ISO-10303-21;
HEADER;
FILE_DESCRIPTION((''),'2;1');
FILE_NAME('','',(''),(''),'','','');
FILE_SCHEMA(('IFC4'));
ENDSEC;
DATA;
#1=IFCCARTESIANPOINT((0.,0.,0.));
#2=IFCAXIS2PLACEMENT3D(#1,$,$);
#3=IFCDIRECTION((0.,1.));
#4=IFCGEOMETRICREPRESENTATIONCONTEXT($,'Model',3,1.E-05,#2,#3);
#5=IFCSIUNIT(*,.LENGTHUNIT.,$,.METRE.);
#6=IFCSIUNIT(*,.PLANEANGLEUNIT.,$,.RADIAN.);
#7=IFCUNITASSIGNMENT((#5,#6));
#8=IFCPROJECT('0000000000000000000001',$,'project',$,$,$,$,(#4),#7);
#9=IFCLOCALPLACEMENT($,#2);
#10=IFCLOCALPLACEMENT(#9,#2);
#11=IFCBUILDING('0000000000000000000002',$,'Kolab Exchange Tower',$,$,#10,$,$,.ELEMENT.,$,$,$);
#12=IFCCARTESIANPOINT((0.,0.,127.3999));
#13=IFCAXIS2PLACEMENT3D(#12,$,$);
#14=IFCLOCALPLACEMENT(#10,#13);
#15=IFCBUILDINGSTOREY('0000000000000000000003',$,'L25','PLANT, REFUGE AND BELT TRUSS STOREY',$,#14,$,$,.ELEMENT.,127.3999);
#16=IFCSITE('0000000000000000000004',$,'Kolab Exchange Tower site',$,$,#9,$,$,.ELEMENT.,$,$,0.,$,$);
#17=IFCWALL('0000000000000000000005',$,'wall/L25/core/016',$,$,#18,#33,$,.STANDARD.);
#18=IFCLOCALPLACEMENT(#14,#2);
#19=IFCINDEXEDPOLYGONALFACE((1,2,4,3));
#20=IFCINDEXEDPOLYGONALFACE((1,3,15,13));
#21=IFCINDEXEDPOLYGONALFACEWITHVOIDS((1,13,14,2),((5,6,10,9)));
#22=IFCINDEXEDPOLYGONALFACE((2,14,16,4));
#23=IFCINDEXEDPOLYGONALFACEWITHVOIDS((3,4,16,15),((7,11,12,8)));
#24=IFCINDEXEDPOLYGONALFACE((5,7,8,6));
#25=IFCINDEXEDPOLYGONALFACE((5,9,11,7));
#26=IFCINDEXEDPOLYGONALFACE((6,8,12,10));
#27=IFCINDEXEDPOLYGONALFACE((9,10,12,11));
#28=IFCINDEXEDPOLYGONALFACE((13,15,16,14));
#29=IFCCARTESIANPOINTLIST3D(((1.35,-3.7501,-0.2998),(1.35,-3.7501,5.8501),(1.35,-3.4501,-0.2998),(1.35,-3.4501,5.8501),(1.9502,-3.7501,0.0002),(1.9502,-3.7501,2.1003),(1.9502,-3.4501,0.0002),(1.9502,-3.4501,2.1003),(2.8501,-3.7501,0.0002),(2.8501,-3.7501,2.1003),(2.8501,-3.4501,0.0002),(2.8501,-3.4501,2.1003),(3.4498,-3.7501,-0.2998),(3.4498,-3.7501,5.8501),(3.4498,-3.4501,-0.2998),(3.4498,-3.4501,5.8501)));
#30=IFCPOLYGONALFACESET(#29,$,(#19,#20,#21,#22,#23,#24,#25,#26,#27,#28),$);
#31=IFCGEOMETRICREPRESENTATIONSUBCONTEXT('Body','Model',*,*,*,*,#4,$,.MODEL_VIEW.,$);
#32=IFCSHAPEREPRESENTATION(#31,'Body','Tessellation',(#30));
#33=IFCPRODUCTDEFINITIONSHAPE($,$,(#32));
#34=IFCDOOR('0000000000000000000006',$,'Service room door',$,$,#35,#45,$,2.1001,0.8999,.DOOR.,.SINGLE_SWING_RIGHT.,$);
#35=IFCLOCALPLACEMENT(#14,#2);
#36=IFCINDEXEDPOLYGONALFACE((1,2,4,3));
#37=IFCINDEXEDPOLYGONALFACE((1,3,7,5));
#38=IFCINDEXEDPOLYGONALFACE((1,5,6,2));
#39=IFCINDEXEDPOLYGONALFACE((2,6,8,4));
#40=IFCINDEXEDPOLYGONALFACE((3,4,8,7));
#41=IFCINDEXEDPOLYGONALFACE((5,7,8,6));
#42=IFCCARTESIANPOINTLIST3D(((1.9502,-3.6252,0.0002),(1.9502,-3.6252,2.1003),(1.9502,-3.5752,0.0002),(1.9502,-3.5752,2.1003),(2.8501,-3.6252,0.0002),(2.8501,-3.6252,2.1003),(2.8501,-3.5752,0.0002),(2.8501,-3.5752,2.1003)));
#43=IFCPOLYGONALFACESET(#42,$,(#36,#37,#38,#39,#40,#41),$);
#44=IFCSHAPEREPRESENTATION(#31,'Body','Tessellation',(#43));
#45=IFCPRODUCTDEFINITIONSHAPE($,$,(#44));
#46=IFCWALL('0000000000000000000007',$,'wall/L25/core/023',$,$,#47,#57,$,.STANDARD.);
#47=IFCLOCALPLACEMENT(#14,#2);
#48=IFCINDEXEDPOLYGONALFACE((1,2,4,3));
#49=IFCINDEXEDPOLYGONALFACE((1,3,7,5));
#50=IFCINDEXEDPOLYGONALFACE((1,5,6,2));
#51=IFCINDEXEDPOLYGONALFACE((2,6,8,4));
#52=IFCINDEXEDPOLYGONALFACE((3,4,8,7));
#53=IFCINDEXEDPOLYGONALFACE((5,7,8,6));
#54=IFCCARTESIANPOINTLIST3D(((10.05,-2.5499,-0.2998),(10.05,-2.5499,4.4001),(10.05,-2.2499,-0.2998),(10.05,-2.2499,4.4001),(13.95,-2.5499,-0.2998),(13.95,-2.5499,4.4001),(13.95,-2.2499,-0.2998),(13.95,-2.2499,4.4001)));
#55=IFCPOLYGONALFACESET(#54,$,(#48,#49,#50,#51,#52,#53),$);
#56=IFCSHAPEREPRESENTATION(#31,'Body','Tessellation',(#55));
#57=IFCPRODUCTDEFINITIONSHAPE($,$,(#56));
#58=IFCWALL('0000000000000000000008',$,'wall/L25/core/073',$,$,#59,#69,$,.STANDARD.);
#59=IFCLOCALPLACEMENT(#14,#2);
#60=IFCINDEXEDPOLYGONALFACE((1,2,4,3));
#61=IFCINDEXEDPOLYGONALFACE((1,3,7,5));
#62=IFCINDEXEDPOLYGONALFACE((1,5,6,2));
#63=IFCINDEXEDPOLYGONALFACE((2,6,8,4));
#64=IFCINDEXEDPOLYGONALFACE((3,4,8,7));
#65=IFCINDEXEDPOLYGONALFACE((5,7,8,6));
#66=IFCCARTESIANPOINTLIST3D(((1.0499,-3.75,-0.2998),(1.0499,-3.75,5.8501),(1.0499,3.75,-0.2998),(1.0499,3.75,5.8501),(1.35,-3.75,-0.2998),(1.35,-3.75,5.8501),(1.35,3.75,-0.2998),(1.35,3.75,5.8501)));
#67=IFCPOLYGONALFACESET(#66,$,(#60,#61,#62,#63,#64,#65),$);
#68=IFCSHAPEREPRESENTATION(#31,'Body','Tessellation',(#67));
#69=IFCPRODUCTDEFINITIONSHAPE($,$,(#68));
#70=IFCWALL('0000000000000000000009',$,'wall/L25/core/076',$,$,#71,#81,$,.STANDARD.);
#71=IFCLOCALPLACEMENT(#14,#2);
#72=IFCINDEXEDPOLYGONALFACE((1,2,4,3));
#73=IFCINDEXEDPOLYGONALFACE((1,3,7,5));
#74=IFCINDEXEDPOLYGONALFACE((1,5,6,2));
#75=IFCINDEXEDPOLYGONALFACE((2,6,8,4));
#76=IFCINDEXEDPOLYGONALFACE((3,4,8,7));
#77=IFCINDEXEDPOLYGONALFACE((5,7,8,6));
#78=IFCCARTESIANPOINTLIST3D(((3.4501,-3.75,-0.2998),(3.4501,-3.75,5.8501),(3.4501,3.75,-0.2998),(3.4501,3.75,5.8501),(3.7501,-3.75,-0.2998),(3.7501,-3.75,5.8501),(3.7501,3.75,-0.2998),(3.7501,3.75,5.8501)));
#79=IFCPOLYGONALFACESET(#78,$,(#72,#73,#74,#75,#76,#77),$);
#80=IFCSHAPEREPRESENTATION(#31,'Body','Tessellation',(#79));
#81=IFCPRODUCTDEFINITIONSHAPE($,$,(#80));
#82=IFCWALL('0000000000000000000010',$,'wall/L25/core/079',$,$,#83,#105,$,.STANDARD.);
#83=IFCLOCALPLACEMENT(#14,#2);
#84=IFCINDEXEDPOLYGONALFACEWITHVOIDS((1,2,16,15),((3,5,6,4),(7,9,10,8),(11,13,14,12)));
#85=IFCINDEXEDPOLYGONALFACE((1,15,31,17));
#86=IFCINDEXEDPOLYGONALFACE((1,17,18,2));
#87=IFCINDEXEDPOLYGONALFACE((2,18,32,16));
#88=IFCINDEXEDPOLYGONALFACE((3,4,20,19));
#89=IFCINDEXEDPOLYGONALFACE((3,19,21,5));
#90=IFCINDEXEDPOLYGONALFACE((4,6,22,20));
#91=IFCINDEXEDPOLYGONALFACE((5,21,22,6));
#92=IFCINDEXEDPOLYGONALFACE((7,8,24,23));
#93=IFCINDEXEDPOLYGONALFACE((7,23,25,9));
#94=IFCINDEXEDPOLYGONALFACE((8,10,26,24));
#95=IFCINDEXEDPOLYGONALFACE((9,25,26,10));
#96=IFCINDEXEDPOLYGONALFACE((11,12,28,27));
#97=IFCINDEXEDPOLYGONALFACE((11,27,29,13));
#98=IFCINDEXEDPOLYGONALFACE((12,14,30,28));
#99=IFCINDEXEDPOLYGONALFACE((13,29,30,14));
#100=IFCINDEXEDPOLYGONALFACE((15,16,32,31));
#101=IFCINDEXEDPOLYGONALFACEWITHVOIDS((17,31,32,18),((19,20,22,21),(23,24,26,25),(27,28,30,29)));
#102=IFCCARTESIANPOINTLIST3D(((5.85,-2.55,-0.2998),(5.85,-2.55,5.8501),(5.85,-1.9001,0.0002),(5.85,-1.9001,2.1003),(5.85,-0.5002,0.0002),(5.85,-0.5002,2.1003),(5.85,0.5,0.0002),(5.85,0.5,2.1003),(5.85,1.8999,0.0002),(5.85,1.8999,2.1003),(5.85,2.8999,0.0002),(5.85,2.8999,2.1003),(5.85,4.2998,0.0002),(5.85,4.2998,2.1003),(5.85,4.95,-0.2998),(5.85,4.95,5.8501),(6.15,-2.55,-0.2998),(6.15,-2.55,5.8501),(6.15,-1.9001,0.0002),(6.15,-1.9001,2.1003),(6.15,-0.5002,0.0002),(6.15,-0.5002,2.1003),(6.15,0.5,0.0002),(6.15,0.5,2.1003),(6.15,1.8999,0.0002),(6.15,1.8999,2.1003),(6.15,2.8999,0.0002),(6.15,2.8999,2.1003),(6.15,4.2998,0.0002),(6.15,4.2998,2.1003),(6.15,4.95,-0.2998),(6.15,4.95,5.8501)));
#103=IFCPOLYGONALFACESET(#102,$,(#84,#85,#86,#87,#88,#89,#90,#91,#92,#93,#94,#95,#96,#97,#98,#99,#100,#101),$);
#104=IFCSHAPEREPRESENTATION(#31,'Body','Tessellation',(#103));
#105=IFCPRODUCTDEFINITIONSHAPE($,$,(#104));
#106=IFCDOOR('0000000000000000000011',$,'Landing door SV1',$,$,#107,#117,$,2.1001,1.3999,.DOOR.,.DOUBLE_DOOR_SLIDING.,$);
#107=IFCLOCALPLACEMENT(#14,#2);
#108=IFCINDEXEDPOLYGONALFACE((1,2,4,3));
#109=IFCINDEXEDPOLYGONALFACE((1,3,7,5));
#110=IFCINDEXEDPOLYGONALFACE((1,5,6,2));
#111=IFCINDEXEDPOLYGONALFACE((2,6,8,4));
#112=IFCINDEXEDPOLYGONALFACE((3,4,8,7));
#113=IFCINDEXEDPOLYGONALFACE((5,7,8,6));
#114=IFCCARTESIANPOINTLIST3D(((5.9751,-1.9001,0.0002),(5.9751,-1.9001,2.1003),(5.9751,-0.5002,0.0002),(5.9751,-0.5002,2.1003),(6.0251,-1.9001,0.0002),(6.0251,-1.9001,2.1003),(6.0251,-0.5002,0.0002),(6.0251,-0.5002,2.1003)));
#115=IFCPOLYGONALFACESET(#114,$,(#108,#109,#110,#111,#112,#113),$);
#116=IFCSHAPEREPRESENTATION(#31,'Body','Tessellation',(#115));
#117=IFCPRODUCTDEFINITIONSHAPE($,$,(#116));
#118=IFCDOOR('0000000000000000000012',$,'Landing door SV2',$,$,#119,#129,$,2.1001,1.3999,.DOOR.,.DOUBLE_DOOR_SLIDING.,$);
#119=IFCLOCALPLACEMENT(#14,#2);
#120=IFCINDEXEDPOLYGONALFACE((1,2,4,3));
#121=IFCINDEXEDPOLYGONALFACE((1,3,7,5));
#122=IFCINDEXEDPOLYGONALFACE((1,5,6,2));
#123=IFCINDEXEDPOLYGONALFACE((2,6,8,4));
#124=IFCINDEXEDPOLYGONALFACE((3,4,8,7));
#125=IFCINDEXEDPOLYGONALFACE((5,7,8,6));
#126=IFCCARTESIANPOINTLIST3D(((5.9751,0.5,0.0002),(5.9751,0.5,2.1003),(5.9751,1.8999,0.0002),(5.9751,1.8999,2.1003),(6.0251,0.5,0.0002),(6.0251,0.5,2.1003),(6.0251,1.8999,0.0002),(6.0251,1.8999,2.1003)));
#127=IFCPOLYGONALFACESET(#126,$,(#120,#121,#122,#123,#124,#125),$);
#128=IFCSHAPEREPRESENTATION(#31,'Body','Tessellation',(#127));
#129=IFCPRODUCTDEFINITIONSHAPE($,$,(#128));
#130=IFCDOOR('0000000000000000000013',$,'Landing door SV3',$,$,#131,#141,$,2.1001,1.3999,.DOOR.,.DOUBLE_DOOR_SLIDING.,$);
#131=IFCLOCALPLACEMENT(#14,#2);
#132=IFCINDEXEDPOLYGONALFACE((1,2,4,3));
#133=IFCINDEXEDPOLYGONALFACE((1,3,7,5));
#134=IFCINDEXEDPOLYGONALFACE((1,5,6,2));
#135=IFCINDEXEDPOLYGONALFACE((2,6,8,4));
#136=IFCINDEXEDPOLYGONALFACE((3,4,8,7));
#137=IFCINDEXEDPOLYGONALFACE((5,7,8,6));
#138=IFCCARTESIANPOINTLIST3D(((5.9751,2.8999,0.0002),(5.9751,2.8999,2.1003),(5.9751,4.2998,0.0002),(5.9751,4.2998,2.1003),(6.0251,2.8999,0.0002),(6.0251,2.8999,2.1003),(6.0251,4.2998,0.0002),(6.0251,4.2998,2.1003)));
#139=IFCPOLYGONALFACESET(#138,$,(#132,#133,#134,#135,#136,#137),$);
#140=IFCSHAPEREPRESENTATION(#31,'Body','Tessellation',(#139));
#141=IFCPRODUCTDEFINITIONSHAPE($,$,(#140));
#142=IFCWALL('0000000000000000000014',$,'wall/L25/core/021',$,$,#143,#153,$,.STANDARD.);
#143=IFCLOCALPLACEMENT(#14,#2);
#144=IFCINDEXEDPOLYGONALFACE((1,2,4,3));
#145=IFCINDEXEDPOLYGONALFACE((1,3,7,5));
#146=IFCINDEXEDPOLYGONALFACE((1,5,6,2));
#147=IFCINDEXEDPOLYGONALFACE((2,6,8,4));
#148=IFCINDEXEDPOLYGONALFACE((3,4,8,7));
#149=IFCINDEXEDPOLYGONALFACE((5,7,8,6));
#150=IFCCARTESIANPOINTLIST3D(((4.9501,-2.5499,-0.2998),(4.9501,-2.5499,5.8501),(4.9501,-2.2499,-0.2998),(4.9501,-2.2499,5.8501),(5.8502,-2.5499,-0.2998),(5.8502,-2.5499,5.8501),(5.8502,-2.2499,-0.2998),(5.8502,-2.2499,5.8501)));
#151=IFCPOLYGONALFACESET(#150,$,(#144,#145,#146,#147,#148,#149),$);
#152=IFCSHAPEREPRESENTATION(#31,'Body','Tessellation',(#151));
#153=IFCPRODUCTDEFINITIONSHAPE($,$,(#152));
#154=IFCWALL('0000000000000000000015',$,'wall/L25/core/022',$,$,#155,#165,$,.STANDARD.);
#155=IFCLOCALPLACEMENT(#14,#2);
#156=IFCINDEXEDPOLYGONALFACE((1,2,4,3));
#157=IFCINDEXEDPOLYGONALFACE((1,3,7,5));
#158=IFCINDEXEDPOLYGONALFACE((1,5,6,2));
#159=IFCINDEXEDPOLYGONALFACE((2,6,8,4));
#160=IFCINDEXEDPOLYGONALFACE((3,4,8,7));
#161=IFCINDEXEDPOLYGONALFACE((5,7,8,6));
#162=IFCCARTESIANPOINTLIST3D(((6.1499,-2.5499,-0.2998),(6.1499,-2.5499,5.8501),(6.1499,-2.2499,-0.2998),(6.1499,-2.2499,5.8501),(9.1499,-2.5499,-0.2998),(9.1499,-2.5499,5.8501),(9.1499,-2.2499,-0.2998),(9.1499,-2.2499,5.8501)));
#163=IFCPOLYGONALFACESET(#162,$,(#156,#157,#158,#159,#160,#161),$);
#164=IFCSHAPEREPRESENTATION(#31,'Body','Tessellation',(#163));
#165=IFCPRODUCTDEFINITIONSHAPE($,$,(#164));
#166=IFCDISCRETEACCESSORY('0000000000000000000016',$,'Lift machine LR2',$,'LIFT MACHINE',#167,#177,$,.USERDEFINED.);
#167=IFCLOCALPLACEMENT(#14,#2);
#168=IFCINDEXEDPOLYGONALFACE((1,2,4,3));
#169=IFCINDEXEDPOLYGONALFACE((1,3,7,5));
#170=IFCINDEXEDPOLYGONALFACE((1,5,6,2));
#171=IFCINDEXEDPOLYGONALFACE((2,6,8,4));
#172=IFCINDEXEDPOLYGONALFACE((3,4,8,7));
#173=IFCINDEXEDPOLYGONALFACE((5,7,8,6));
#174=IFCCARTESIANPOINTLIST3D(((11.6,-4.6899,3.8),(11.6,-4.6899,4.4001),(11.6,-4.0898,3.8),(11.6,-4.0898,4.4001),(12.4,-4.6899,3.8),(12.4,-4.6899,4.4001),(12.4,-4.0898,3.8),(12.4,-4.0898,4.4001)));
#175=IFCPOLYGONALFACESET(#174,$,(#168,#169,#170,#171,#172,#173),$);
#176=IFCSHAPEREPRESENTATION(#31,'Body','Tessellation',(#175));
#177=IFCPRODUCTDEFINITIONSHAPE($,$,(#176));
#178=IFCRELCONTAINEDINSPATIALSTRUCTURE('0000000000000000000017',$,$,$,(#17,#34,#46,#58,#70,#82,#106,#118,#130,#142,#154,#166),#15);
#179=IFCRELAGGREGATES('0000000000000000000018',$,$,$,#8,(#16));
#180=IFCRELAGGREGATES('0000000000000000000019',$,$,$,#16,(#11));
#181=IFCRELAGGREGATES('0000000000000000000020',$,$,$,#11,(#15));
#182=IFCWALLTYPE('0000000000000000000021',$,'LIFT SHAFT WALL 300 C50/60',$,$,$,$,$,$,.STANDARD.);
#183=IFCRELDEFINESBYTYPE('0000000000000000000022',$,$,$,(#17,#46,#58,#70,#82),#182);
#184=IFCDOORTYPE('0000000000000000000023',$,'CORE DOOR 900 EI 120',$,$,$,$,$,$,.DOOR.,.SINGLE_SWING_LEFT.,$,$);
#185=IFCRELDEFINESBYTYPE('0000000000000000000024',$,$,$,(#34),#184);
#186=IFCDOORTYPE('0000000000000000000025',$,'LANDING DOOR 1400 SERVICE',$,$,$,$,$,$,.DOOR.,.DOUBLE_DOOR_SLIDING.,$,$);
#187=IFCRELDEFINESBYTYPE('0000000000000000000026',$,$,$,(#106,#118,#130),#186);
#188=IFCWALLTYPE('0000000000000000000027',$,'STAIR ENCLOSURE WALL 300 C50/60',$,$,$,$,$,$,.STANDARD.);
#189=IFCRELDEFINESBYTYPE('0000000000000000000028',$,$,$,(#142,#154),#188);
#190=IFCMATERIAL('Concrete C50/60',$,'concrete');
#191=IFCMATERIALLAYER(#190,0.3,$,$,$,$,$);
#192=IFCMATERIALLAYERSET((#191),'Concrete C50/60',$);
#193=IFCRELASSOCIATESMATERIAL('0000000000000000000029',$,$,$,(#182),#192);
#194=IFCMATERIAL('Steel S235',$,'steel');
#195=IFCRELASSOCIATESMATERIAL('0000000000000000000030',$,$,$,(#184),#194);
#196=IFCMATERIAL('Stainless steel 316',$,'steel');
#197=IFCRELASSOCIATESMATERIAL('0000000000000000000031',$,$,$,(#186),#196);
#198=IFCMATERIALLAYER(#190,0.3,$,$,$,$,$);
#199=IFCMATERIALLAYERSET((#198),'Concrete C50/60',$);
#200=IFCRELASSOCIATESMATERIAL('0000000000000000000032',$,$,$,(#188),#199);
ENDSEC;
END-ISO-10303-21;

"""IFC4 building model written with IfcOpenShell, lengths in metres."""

from ifc_helpers import new_model, si_unit, direction, frame, frame_2d, origin, origin_2d, place, context, subcontext, project, spatial, rectangle, extrude, material, layer, layer_set, type_object, element, fill, save


model = new_model("IFC4")

# Units and contexts
model_context = context("Model", 3, precision=1e-05, world=origin(), true_north=direction((0.0, 1.0)))
body_context = subcontext(model_context, "Body", "Model", "MODEL_VIEW")
ifc_project = project(units=[si_unit("LENGTHUNIT", "METRE"), si_unit("PLANEANGLEUNIT", "RADIAN")], contexts=[model_context])

# Site, building, storey
site_placement = place(None, origin())
site = spatial("IfcSite", under=ifc_project, at=site_placement, Name="Kolab Exchange Tower site", CompositionType="ELEMENT", RefElevation=0.0)
building_placement = place(site_placement, origin())
building = spatial("IfcBuilding", under=site, at=building_placement, Name="Kolab Exchange Tower", CompositionType="ELEMENT")
storey_placement = place(building_placement, frame((0.0, 0.0, 127.3999)))
storey = spatial("IfcBuildingStorey", under=building, at=storey_placement, Name="L25", Description="PLANT, REFUGE AND BELT TRUSS STOREY", CompositionType="ELEMENT", Elevation=127.3999)

# Shared definitions
ifc_material_1 = material(Name="Concrete C50/60", Category="concrete")
ifc_layer_1 = layer(ifc_material_1, 0.3)
ifc_layer_set_1 = layer_set([ifc_layer_1], Name="Concrete C50/60")
wall_type_1 = type_object("IfcWallType", Name="LIFT SHAFT WALL 300 C50/60", PredefinedType="STANDARD", material=ifc_layer_set_1)

# Wall, opening, door
wall_1_placement = place(storey_placement, frame((1.3501, -3.6001, -0.2998), z_axis=(0.0, 0.0, 1.0), x_axis=(1.0, 0.0, 0.0)))
wall_1 = element("IfcWall", 1, at=wall_1_placement, inside=storey, type_object=wall_type_1, Name="wall/L25/core/016", PredefinedType="STANDARD", context=body_context, shape_type="SweptSolid", body=[
    extrude(rectangle(XDim=2.0999, YDim=0.3, at=frame_2d((1.0498, 0.0))), origin(), (0.0, 0.0, 1.0), 6.1499),
])
opening_1_placement = place(wall_1_placement, frame((0.6001, 0.0, 0.3)))
opening_1 = element("IfcOpeningElement", 2, at=opening_1_placement, cuts=wall_1, PredefinedType="OPENING", context=body_context, shape_type="SweptSolid", body=[
    extrude(rectangle(XDim=0.8999, YDim=2.1001, at=frame_2d((0.45, 1.05))), frame((0.0, 0.1602, 0.0), z_axis=(0.0, -1.0, 0.0), x_axis=(1.0, 0.0, 0.0)), (0.0, 0.0, 1.0), 0.3201),
])
ifc_material_2 = material(Name="Steel S235", Category="steel")
door_type_1 = type_object("IfcDoorType", Name="CORE DOOR 900 EI 120", OperationType="SINGLE_SWING_LEFT", PredefinedType="DOOR", material=ifc_material_2)
door_1_placement = place(opening_1_placement, origin())
door_1 = element("IfcDoor", 3, at=door_1_placement, inside=storey, type_object=door_type_1, Name="Service room door", OperationType="SINGLE_SWING_RIGHT", OverallHeight=2.1001, OverallWidth=0.8999, PredefinedType="DOOR", context=body_context, shape_type="SweptSolid", body=[
    extrude(rectangle(XDim=0.8999, YDim=2.1001, at=frame_2d((0.45, 1.05))), frame((0.0, 0.0249, 0.0), z_axis=(0.0, -1.0, 0.0), x_axis=(1.0, 0.0, 0.0)), (0.0, 0.0, 1.0), 0.05),
])
fill(opening_1, door_1)

# Walls
wall_2_placement = place(storey_placement, frame((10.05, -2.3999, -0.2998), z_axis=(0.0, 0.0, 1.0), x_axis=(1.0, 0.0, 0.0)))
element("IfcWall", 4, at=wall_2_placement, inside=storey, type_object=wall_type_1, Name="wall/L25/core/023", PredefinedType="STANDARD", context=body_context, shape_type="SweptSolid", body=[
    extrude(rectangle(XDim=3.8999, YDim=0.3, at=frame_2d((1.95, 0.0))), origin(), (0.0, 0.0, 1.0), 4.7),
])
for number, where, z_axis, x_axis, name in (
    (5, (1.2, -3.75, -0.2998), (0.0, 0.0, 1.0), (0.0, 1.0, 0.0), "wall/L25/core/073"),
    (6, (3.6001, -3.75, -0.2998), (0.0, 0.0, 1.0), (0.0, 1.0, 0.0), "wall/L25/core/076"),
):
    element("IfcWall", number, at=place(storey_placement, frame(where, z_axis=z_axis, x_axis=x_axis)), inside=storey, type_object=wall_type_1, Name=name, PredefinedType="STANDARD", context=body_context, shape_type="SweptSolid", body=[
        extrude(rectangle(XDim=7.5, YDim=0.3, at=frame_2d((3.75, 0.0))), origin(), (0.0, 0.0, 1.0), 6.1499),
    ])

# Wall, openings, doors
wall_3_placement = place(storey_placement, frame((6.0, -2.55, -0.2998), z_axis=(0.0, 0.0, 1.0), x_axis=(0.0, 1.0, 0.0)))
wall_3 = element("IfcWall", 7, at=wall_3_placement, inside=storey, type_object=wall_type_1, Name="wall/L25/core/079", PredefinedType="STANDARD", context=body_context, shape_type="SweptSolid", body=[
    extrude(rectangle(XDim=7.5, YDim=0.3, at=frame_2d((3.75, 0.0))), origin(), (0.0, 0.0, 1.0), 6.1499),
])
opening_2_placement = place(wall_3_placement, frame((0.6499, 0.0, 0.3)))
opening_2 = element("IfcOpeningElement", 8, at=opening_2_placement, cuts=wall_3, PredefinedType="OPENING", context=body_context, shape_type="SweptSolid", body=[
    extrude(rectangle(XDim=1.3999, YDim=2.1001, at=frame_2d((0.7, 1.05))), frame((0.0, 0.1602, 0.0), z_axis=(0.0, -1.0, 0.0), x_axis=(1.0, 0.0, 0.0)), (0.0, 0.0, 1.0), 0.3201),
])
opening_3_placement = place(wall_3_placement, frame((3.05, 0.0, 0.3)))
opening_3 = element("IfcOpeningElement", 9, at=opening_3_placement, cuts=wall_3, PredefinedType="OPENING", context=body_context, shape_type="SweptSolid", body=[
    extrude(rectangle(XDim=1.3999, YDim=2.1001, at=frame_2d((0.7, 1.05))), frame((0.0, 0.1602, 0.0), z_axis=(0.0, -1.0, 0.0), x_axis=(1.0, 0.0, 0.0)), (0.0, 0.0, 1.0), 0.3201),
])
opening_4_placement = place(wall_3_placement, frame((5.45, 0.0, 0.3)))
opening_4 = element("IfcOpeningElement", 10, at=opening_4_placement, cuts=wall_3, PredefinedType="OPENING", context=body_context, shape_type="SweptSolid", body=[
    extrude(rectangle(XDim=1.3999, YDim=2.1001, at=frame_2d((0.7, 1.05))), frame((0.0, 0.1602, 0.0), z_axis=(0.0, -1.0, 0.0), x_axis=(1.0, 0.0, 0.0)), (0.0, 0.0, 1.0), 0.3201),
])
ifc_material_3 = material(Name="Stainless steel 316", Category="steel")
door_type_2 = type_object("IfcDoorType", Name="LANDING DOOR 1400 SERVICE", OperationType="DOUBLE_DOOR_SLIDING", PredefinedType="DOOR", material=ifc_material_3)
door_2_placement = place(opening_2_placement, origin())
door_2 = element("IfcDoor", 11, at=door_2_placement, inside=storey, type_object=door_type_2, Name="Landing door SV1", OperationType="DOUBLE_DOOR_SLIDING", OverallHeight=2.1001, OverallWidth=1.3999, PredefinedType="DOOR", context=body_context, shape_type="SweptSolid", body=[
    extrude(rectangle(XDim=1.3999, YDim=2.1001, at=frame_2d((0.7, 1.05))), frame((0.0, 0.0249, 0.0), z_axis=(0.0, -1.0, 0.0), x_axis=(1.0, 0.0, 0.0)), (0.0, 0.0, 1.0), 0.05),
])
fill(opening_2, door_2)
door_3_placement = place(opening_3_placement, origin())
door_3 = element("IfcDoor", 12, at=door_3_placement, inside=storey, type_object=door_type_2, Name="Landing door SV2", OperationType="DOUBLE_DOOR_SLIDING", OverallHeight=2.1001, OverallWidth=1.3999, PredefinedType="DOOR", context=body_context, shape_type="SweptSolid", body=[
    extrude(rectangle(XDim=1.3999, YDim=2.1001, at=frame_2d((0.7, 1.05))), frame((0.0, 0.0249, 0.0), z_axis=(0.0, -1.0, 0.0), x_axis=(1.0, 0.0, 0.0)), (0.0, 0.0, 1.0), 0.05),
])
fill(opening_3, door_3)
door_4_placement = place(opening_4_placement, origin())
door_4 = element("IfcDoor", 13, at=door_4_placement, inside=storey, type_object=door_type_2, Name="Landing door SV3", OperationType="DOUBLE_DOOR_SLIDING", OverallHeight=2.1001, OverallWidth=1.3999, PredefinedType="DOOR", context=body_context, shape_type="SweptSolid", body=[
    extrude(rectangle(XDim=1.3999, YDim=2.1001, at=frame_2d((0.7, 1.05))), frame((0.0, 0.0249, 0.0), z_axis=(0.0, -1.0, 0.0), x_axis=(1.0, 0.0, 0.0)), (0.0, 0.0, 1.0), 0.05),
])
fill(opening_4, door_4)

# Walls
ifc_layer_2 = layer(ifc_material_1, 0.3)
ifc_layer_set_2 = layer_set([ifc_layer_2], Name="Concrete C50/60")
wall_type_2 = type_object("IfcWallType", Name="STAIR ENCLOSURE WALL 300 C50/60", PredefinedType="STANDARD", material=ifc_layer_set_2)
wall_4_placement = place(storey_placement, frame((4.95, -2.3999, -0.2998), z_axis=(0.0, 0.0, 1.0), x_axis=(1.0, 0.0, 0.0)))
element("IfcWall", 14, at=wall_4_placement, inside=storey, type_object=wall_type_2, Name="wall/L25/core/021", PredefinedType="STANDARD", context=body_context, shape_type="SweptSolid", body=[
    extrude(rectangle(XDim=0.9001, YDim=0.3, at=frame_2d((0.4502, 0.0))), origin(), (0.0, 0.0, 1.0), 6.1499),
])
wall_5_placement = place(storey_placement, frame((6.1499, -2.3999, -0.2998), z_axis=(0.0, 0.0, 1.0), x_axis=(1.0, 0.0, 0.0)))
element("IfcWall", 15, at=wall_5_placement, inside=storey, type_object=wall_type_2, Name="wall/L25/core/022", PredefinedType="STANDARD", context=body_context, shape_type="SweptSolid", body=[
    extrude(rectangle(XDim=3.0, YDim=0.3, at=frame_2d((1.5, 0.0))), origin(), (0.0, 0.0, 1.0), 6.1499),
])

# Discrete accessory
for number, where, z_axis, x_axis, name in (
    (16, (12.0, -4.3899, 3.8), (0.0, 0.0, 1.0), (1.0, 0.0, 0.0), "Lift machine LR2"),
):
    element("IfcDiscreteAccessory", number, at=place(storey_placement, frame(where, z_axis=z_axis, x_axis=x_axis)), inside=storey, Name=name, ObjectType="LIFT MACHINE", PredefinedType="USERDEFINED", context=body_context, shape_type="SweptSolid", body=[
        extrude(rectangle(XDim=0.8, YDim=0.6001, at=origin_2d()), origin(), (0.0, 0.0, 1.0), 0.6001),
    ])

save(model, "model.ifc")
